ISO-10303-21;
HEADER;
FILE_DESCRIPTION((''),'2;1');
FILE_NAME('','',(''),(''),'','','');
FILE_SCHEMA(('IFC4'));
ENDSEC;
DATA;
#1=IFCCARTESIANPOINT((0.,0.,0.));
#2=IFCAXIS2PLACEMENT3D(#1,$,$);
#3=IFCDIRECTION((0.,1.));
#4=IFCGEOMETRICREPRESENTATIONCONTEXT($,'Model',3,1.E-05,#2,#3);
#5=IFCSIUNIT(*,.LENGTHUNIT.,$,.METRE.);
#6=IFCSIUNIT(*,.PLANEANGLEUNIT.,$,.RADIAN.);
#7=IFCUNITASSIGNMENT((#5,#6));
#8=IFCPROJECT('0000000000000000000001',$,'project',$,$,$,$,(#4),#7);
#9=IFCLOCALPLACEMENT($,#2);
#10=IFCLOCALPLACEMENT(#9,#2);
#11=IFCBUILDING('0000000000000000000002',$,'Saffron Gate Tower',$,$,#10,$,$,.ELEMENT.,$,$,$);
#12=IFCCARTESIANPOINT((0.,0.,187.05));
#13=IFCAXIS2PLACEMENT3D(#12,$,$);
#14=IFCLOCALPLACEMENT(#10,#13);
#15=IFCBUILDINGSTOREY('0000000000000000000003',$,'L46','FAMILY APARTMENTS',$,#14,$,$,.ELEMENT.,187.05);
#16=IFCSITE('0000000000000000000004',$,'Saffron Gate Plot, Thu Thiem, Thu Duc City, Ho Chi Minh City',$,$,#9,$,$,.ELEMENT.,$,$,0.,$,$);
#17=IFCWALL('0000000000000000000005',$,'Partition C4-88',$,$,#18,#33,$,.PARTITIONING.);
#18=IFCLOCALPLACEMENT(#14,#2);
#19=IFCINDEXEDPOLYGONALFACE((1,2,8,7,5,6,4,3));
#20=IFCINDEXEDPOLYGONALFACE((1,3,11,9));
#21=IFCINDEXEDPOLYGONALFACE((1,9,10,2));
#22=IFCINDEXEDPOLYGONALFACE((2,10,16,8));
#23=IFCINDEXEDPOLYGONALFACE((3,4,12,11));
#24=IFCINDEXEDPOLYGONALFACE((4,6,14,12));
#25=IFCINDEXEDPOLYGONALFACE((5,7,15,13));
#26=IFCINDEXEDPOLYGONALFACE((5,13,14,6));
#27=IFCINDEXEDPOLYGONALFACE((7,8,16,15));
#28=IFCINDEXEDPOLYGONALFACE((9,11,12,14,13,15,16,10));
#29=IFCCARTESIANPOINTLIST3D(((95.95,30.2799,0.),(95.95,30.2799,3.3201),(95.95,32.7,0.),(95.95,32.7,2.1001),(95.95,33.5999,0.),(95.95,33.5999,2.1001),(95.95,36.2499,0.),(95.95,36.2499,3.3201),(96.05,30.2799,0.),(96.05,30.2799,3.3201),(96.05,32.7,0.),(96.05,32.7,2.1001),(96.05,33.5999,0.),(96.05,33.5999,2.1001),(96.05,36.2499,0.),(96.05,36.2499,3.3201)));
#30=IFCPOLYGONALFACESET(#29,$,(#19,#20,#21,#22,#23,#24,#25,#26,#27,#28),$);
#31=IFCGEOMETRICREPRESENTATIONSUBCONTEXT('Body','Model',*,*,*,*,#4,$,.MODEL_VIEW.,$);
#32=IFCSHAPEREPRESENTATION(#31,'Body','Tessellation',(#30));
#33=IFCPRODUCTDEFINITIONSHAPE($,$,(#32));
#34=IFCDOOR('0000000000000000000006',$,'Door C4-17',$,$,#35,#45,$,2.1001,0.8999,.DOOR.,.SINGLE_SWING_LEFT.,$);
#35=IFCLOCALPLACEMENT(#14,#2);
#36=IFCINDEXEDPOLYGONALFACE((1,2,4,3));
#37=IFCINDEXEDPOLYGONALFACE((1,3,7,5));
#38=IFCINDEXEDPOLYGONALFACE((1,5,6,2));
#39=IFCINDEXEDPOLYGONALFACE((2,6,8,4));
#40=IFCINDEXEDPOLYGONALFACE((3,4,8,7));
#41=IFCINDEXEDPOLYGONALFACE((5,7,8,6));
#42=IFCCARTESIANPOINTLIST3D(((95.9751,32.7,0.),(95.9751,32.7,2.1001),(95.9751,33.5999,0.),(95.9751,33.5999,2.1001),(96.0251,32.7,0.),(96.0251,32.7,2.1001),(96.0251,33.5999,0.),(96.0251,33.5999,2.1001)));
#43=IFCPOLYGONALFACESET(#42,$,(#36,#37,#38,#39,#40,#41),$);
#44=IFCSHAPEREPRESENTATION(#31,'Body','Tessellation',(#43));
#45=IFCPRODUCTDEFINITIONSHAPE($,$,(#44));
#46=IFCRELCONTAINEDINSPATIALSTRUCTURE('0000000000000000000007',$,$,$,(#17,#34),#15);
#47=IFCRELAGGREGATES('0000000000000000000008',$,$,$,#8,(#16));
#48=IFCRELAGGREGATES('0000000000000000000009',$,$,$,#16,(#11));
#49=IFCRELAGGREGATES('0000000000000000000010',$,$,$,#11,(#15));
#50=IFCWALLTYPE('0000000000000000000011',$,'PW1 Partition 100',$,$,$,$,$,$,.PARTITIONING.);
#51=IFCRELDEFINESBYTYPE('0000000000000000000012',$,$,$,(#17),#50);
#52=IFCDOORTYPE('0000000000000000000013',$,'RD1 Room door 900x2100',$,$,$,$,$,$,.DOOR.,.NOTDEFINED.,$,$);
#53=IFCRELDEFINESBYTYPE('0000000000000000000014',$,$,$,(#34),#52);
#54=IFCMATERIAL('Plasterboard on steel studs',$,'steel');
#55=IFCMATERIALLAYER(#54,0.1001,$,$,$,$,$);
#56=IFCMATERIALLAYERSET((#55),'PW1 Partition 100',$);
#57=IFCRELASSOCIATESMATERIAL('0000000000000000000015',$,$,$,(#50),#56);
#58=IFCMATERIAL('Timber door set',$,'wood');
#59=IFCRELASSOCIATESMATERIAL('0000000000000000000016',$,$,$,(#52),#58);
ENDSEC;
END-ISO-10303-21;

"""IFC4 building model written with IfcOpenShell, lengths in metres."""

from ifc_helpers import new_model, si_unit, direction, frame, frame_2d, origin, place, context, subcontext, project, spatial, rectangle, extrude, material, layer, layer_set, type_object, element, fill, save


model = new_model("IFC4")

# Units and contexts
model_context = context("Model", 3, precision=1e-05, world=origin(), true_north=direction((0.0, 1.0)))
body_context = subcontext(model_context, "Body", "Model", "MODEL_VIEW")
ifc_project = project(units=[si_unit("LENGTHUNIT", "METRE"), si_unit("PLANEANGLEUNIT", "RADIAN")], contexts=[model_context])

# Site, building, storey
site_placement = place(None, origin())
site = spatial("IfcSite", under=ifc_project, at=site_placement, Name="Saffron Gate Plot, Thu Thiem, Thu Duc City, Ho Chi Minh City", CompositionType="ELEMENT", RefElevation=0.0)
building_placement = place(site_placement, origin())
building = spatial("IfcBuilding", under=site, at=building_placement, Name="Saffron Gate Tower", CompositionType="ELEMENT")
storey_placement = place(building_placement, frame((0.0, 0.0, 187.05)))
storey = spatial("IfcBuildingStorey", under=building, at=storey_placement, Name="L46", Description="FAMILY APARTMENTS", CompositionType="ELEMENT", Elevation=187.05)

# Shared definitions
ifc_material_1 = material(Name="Plasterboard on steel studs", Category="steel")
ifc_layer_1 = layer(ifc_material_1, 0.1001)
ifc_layer_set_1 = layer_set([ifc_layer_1], Name="PW1 Partition 100")
wall_type = type_object("IfcWallType", Name="PW1 Partition 100", PredefinedType="PARTITIONING", material=ifc_layer_set_1)
ifc_material_2 = material(Name="Timber door set", Category="wood")
door_type_1 = type_object("IfcDoorType", Name="RD1 Room door 900x2100", OperationType="NOTDEFINED", PredefinedType="DOOR", material=ifc_material_2)

# Wall, opening, door
wall_1_placement = place(storey_placement, frame((96.0, 30.28, 0.0), z_axis=(0.0, 0.0, 1.0), x_axis=(0.0, 1.0, 0.0)))
wall_1 = element("IfcWall", 1, at=wall_1_placement, inside=storey, type_object=wall_type, Name="Partition C4-88", PredefinedType="PARTITIONING", context=body_context, shape_type="SweptSolid", body=[
    extrude(rectangle(XDim=5.97, YDim=0.1001, at=frame_2d((2.9849, 0.0))), origin(), (0.0, 0.0, 1.0), 3.3201),
])
opening_1_placement = place(wall_1_placement, frame((2.4199, 0.0, 0.0)))
opening_1 = element("IfcOpeningElement", 2, at=opening_1_placement, cuts=wall_1, PredefinedType="OPENING", context=body_context, shape_type="SweptSolid", body=[
    extrude(rectangle(XDim=0.8999, YDim=2.1001, at=frame_2d((0.45, 1.05))), frame((0.0, 0.0601, 0.0), z_axis=(0.0, -1.0, 0.0), x_axis=(1.0, 0.0, 0.0)), (0.0, 0.0, 1.0), 0.1201),
])
door_1_placement = place(opening_1_placement, origin())
door_1 = element("IfcDoor", 3, at=door_1_placement, inside=storey, type_object=door_type_1, Name="Door C4-17", OperationType="SINGLE_SWING_LEFT", OverallHeight=2.1001, OverallWidth=0.8999, PredefinedType="DOOR", context=body_context, shape_type="SweptSolid", body=[
    extrude(rectangle(XDim=0.8999, YDim=2.1001, at=frame_2d((0.45, 1.05))), frame((0.0, 0.0249, 0.0), z_axis=(0.0, -1.0, 0.0), x_axis=(1.0, 0.0, 0.0)), (0.0, 0.0, 1.0), 0.05),
])
fill(opening_1, door_1)

save(model, "model.ifc")
